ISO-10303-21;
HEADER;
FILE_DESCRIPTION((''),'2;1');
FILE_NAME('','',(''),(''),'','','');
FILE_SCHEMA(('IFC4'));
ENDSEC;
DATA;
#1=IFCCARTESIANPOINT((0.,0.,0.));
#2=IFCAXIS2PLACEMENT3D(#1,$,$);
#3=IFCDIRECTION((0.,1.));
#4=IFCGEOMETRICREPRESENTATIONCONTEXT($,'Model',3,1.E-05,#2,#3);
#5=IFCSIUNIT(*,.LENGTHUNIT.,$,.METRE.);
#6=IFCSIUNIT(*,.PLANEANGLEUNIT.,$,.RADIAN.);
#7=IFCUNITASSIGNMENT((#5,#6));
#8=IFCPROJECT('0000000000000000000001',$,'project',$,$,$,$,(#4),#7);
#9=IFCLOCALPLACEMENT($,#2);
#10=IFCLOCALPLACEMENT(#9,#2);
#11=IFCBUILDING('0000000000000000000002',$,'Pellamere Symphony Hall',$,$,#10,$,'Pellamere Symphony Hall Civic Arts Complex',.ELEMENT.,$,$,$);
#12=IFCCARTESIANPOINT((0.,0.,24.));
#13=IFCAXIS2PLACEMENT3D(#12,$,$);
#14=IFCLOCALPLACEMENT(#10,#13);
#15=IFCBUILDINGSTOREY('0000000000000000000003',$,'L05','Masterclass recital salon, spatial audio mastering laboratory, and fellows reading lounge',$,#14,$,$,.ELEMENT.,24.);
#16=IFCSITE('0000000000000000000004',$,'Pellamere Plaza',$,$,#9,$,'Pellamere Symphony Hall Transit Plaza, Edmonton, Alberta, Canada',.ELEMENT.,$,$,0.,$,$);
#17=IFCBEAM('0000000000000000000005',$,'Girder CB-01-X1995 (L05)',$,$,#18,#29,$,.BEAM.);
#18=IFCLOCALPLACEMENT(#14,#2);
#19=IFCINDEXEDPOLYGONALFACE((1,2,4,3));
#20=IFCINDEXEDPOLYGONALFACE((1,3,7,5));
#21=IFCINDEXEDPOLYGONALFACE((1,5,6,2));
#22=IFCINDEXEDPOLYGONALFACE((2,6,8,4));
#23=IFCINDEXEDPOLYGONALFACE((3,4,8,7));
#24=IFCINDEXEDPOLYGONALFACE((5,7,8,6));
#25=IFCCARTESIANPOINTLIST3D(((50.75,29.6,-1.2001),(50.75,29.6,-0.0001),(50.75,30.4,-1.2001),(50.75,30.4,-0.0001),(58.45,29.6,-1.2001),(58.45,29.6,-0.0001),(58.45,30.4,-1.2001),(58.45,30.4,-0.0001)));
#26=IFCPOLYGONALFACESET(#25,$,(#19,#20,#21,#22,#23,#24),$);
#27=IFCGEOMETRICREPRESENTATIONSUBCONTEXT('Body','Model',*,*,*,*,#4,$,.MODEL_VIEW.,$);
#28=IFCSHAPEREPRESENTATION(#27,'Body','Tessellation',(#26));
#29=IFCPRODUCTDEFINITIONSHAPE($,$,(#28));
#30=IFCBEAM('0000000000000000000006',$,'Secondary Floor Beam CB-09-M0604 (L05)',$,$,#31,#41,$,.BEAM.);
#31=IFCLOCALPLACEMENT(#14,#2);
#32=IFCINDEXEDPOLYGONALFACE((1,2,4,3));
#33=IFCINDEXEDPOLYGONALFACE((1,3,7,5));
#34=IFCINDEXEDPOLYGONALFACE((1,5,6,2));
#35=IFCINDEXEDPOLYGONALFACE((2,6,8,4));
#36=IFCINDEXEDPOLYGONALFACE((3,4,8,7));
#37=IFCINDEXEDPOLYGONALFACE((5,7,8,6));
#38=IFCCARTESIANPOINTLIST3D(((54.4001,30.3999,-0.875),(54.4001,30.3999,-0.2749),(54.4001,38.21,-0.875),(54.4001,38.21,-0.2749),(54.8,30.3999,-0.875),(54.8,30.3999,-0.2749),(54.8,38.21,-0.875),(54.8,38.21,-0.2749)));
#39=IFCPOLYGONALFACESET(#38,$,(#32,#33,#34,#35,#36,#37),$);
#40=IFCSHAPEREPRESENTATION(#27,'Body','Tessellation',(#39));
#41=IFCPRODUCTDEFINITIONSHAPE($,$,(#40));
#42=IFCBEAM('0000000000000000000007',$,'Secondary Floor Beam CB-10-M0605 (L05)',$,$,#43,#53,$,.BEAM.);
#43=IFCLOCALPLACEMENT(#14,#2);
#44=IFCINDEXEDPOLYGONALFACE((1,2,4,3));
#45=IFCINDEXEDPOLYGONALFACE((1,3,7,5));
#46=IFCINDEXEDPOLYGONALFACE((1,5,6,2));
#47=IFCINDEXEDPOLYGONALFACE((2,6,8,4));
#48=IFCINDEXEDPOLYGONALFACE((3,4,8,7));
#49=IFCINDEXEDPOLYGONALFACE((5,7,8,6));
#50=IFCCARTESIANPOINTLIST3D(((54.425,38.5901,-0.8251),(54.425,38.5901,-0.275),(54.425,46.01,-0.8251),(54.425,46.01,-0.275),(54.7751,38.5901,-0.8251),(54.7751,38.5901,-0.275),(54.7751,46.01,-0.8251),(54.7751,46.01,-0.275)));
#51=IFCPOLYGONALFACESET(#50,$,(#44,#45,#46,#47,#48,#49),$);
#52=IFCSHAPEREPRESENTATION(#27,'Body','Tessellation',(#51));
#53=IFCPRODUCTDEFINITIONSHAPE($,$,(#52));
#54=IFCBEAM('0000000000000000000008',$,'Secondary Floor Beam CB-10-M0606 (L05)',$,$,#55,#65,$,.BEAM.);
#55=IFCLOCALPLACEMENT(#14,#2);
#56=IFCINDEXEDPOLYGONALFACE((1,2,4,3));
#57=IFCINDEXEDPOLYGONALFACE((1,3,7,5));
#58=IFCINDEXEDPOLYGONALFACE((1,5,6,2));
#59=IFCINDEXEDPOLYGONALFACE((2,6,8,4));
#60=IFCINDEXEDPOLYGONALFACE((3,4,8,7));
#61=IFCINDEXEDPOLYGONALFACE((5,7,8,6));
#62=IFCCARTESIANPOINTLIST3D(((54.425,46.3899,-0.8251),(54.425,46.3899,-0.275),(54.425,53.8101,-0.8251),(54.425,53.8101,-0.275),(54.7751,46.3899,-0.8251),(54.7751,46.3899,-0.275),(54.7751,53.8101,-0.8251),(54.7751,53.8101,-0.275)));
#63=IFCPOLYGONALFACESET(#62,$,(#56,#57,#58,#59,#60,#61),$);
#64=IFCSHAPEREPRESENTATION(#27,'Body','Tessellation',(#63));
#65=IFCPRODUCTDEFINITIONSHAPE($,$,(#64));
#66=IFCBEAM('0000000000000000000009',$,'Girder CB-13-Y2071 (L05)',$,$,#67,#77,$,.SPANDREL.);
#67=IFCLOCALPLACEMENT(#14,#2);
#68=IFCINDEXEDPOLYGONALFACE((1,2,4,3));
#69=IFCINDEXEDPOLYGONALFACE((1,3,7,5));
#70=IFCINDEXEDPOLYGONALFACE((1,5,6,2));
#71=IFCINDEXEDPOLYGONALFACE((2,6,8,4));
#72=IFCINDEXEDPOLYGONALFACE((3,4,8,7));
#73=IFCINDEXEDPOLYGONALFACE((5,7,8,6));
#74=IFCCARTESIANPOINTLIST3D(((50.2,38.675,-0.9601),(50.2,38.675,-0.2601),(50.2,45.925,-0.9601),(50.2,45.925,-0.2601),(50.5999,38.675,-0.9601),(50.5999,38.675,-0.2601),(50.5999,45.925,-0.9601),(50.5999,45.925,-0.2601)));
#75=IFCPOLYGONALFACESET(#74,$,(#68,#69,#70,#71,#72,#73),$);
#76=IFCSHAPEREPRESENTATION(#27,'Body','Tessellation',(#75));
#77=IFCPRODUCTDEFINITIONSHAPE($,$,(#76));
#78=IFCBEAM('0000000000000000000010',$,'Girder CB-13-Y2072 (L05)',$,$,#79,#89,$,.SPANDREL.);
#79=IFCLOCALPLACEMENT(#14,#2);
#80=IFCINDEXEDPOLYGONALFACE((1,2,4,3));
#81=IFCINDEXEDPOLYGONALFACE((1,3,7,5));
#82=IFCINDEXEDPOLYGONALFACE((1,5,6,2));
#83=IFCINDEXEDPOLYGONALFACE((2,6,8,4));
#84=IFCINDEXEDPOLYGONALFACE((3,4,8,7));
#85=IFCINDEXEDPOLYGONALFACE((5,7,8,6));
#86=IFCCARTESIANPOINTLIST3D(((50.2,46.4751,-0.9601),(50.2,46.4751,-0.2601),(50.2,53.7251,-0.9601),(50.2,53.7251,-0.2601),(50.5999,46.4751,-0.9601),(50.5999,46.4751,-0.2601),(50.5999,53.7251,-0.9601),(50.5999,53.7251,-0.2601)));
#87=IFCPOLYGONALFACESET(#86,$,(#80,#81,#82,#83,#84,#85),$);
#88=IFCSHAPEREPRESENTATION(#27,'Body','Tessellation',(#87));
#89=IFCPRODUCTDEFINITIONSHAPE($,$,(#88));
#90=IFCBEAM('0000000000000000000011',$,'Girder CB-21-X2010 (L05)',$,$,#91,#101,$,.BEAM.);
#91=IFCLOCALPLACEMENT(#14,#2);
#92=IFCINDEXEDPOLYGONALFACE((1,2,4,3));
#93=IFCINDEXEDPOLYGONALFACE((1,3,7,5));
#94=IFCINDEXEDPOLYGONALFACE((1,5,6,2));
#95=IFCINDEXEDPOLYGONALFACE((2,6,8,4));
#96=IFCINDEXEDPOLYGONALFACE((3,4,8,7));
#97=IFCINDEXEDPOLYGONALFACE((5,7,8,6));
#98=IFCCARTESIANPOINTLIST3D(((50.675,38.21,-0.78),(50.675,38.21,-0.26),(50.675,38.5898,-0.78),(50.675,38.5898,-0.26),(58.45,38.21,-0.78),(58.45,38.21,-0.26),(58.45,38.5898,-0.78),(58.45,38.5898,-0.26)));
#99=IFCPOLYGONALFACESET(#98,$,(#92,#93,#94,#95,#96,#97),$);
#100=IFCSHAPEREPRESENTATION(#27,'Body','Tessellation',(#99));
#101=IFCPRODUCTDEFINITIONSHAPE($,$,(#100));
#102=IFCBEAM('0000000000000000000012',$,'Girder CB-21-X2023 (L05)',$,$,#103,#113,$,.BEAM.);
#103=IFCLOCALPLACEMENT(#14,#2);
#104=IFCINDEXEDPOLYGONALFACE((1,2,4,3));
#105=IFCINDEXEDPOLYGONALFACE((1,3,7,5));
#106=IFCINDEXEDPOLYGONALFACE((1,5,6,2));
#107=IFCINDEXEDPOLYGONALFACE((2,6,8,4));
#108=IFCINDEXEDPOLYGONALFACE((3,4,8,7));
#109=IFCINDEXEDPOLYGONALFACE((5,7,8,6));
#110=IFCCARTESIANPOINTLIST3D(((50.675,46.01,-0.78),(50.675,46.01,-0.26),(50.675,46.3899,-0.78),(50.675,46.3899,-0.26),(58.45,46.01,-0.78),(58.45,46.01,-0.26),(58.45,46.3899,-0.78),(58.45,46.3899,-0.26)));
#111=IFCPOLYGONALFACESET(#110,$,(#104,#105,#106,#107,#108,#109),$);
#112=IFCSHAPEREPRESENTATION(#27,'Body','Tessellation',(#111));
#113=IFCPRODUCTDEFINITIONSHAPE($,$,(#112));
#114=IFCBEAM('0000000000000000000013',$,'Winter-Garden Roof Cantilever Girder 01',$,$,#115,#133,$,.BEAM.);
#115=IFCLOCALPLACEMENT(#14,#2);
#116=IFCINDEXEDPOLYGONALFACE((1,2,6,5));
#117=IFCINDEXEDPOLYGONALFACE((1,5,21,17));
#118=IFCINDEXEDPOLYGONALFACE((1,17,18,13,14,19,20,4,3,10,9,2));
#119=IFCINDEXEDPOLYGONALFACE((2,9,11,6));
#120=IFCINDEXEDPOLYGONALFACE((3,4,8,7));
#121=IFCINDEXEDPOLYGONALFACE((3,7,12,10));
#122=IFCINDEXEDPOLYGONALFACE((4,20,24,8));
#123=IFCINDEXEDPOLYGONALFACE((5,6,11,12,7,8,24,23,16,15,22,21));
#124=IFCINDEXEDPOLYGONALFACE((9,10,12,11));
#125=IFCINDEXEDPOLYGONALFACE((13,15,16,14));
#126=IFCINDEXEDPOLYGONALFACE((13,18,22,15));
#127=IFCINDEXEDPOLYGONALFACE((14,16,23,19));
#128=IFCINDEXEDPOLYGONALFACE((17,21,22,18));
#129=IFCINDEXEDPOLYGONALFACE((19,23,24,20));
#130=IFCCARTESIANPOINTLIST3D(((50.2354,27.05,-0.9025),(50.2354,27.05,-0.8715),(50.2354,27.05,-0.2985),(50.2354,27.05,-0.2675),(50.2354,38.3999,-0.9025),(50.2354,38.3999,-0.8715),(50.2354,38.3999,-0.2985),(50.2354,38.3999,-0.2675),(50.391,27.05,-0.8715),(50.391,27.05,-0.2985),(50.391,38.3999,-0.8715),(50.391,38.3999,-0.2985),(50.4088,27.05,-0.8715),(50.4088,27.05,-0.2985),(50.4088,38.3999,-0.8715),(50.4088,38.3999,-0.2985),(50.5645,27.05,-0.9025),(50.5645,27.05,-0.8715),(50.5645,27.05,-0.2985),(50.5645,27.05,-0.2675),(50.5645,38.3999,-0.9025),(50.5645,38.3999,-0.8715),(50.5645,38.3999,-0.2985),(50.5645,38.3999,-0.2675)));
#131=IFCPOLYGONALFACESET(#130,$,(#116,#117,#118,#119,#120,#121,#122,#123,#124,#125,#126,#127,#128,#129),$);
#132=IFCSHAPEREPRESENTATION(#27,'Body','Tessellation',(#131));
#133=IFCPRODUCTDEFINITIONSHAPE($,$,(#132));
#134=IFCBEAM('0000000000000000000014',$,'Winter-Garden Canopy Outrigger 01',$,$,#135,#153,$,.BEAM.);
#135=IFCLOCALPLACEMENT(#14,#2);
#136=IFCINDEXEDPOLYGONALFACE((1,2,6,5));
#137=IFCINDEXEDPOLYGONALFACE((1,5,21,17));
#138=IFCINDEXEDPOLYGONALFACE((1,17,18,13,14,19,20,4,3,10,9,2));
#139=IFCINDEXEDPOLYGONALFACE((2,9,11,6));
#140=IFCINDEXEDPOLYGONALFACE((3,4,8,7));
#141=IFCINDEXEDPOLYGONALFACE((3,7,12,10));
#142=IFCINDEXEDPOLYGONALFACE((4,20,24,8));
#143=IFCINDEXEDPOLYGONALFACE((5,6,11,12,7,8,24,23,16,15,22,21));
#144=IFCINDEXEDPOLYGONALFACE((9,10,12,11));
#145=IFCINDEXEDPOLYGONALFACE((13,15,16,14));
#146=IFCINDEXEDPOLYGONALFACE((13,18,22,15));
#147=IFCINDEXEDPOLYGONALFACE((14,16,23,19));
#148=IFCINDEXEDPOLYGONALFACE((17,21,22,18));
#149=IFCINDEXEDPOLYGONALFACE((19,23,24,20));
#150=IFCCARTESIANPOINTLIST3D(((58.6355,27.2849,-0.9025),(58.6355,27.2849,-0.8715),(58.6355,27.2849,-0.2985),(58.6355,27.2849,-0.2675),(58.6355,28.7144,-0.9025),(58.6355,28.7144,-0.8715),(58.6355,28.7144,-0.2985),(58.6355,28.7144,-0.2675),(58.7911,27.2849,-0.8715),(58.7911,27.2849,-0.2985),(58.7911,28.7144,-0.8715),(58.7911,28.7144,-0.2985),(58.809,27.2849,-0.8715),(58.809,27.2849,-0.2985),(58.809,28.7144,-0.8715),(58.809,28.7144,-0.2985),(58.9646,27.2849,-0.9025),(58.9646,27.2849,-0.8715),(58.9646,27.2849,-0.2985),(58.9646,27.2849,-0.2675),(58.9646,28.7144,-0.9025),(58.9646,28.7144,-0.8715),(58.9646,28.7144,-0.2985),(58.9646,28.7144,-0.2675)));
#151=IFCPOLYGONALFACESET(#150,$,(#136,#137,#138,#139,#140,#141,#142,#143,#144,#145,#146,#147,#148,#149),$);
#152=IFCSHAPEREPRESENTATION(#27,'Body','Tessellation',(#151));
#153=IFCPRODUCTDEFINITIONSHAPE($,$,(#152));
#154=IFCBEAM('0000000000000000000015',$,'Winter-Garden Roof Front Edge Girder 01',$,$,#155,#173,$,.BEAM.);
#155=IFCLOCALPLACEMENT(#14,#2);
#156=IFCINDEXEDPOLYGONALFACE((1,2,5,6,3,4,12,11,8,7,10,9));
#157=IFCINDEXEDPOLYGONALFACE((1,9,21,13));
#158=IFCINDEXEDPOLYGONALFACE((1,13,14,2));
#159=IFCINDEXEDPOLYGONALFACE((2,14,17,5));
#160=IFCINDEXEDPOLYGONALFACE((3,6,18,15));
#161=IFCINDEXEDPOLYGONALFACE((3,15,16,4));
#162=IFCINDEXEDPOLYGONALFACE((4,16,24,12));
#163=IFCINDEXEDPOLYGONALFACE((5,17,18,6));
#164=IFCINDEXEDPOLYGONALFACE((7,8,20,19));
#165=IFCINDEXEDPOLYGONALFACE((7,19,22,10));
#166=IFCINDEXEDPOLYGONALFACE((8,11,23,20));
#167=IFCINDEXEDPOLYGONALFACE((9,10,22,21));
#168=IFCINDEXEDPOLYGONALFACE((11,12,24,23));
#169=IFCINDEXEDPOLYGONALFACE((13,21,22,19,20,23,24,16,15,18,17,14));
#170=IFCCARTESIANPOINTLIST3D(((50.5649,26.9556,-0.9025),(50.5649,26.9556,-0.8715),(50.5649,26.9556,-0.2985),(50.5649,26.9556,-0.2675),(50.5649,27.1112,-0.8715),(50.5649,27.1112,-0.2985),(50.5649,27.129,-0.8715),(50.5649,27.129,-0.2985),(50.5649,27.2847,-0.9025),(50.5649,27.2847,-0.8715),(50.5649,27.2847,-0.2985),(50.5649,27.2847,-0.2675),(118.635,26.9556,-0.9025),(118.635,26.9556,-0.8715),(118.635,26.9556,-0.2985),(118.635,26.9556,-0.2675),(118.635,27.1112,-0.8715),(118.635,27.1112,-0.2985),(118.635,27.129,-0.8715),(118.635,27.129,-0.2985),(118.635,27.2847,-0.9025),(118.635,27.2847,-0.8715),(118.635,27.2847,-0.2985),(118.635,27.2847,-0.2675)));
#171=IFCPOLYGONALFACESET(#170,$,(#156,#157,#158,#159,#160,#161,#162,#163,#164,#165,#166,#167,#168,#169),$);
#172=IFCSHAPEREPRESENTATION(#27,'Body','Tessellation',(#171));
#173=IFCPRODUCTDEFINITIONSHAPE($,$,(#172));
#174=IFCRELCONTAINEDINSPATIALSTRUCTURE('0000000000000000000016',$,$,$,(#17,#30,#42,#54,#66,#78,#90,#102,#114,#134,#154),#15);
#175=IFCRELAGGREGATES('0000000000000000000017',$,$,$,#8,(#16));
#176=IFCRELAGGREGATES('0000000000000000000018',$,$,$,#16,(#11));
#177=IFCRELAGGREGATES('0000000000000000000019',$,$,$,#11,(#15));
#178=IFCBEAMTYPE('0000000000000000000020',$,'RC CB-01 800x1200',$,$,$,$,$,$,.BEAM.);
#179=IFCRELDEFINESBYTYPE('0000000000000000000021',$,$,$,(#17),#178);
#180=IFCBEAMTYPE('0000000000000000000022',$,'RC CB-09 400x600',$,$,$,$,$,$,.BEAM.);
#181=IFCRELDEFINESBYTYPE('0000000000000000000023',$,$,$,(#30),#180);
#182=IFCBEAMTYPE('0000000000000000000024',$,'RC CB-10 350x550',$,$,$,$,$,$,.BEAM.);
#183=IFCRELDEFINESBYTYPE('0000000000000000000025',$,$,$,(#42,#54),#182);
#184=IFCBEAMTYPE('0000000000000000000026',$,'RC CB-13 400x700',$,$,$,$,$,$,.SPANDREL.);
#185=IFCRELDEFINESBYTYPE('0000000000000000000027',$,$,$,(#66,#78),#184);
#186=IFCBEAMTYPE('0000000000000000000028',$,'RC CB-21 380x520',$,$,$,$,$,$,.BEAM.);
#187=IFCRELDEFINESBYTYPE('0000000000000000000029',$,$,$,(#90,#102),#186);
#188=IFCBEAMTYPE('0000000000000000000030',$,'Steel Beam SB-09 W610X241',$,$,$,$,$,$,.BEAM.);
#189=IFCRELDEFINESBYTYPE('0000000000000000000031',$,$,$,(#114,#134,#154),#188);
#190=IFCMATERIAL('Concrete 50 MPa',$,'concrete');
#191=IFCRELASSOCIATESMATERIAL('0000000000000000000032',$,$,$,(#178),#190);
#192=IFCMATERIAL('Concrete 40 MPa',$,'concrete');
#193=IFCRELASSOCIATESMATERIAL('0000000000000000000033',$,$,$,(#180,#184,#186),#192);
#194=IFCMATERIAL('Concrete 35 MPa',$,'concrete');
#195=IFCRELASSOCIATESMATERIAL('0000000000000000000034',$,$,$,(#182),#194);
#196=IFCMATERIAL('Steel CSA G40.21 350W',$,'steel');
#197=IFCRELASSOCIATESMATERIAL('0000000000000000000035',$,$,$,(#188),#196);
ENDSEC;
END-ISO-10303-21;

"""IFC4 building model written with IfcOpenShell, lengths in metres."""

from ifc_helpers import new_model, si_unit, direction, frame, origin, origin_2d, place, context, subcontext, project, spatial, rectangle, i_section, extrude, material, material_profile, profile_set, type_object, element, save


model = new_model("IFC4")

# Units and contexts
model_context = context("Model", 3, precision=1e-05, world=origin(), true_north=direction((0.0, 1.0)))
body_context = subcontext(model_context, "Body", "Model", "MODEL_VIEW")
ifc_project = project(units=[si_unit("LENGTHUNIT", "METRE"), si_unit("PLANEANGLEUNIT", "RADIAN")], contexts=[model_context])

# Site, building, storey
site_placement = place(None, origin())
site = spatial("IfcSite", under=ifc_project, at=site_placement, Name="Pellamere Plaza", LongName="Pellamere Symphony Hall Transit Plaza, Edmonton, Alberta, Canada", CompositionType="ELEMENT", RefElevation=0.0)
building_placement = place(site_placement, origin())
building = spatial("IfcBuilding", under=site, at=building_placement, Name="Pellamere Symphony Hall", LongName="Pellamere Symphony Hall Civic Arts Complex", CompositionType="ELEMENT")
storey_placement = place(building_placement, frame((0.0, 0.0, 24.0)))
storey = spatial("IfcBuildingStorey", under=building, at=storey_placement, Name="L05", Description="Masterclass recital salon, spatial audio mastering laboratory, and fellows reading lounge", CompositionType="ELEMENT", Elevation=24.0)

# Beams
ifc_material_1 = material(Name="Concrete 50 MPa", Category="concrete")
ifc_material_profile_1 = material_profile(ifc_material_1, rectangle(XDim=0.8, YDim=1.2, at=origin_2d()), Name="RC 800x1200")
ifc_profile_set_1 = profile_set([ifc_material_profile_1], Name="Concrete 50 MPa")
beam_type_1 = type_object("IfcBeamType", Name="RC CB-01 800x1200", PredefinedType="BEAM", material=ifc_profile_set_1)
beam_1_placement = place(storey_placement, frame((50.75, 30.0, -0.6001), z_axis=(1.0, 0.0, 0.0), x_axis=(0.0, 1.0, 0.0)))
element("IfcBeam", 1, at=beam_1_placement, inside=storey, type_object=beam_type_1, Name="Girder CB-01-X1995 (L05)", PredefinedType="BEAM", context=body_context, shape_type="SweptSolid", body=[
    extrude(rectangle(XDim=0.8, YDim=1.2, at=origin_2d()), origin(), (0.0, 0.0, 1.0), 7.7),
])
ifc_material_2 = material(Name="Concrete 40 MPa", Category="concrete")
ifc_material_profile_2 = material_profile(ifc_material_2, rectangle(XDim=0.3999, YDim=0.6001, at=origin_2d()), Name="RC 400x600")
ifc_profile_set_2 = profile_set([ifc_material_profile_2], Name="Concrete 40 MPa")
beam_type_2 = type_object("IfcBeamType", Name="RC CB-09 400x600", PredefinedType="BEAM", material=ifc_profile_set_2)
beam_2_placement = place(storey_placement, frame((54.6001, 30.3999, -0.575), z_axis=(0.0, 1.0, 0.0), x_axis=(-1.0, 0.0, 0.0)))
element("IfcBeam", 2, at=beam_2_placement, inside=storey, type_object=beam_type_2, Name="Secondary Floor Beam CB-09-M0604 (L05)", PredefinedType="BEAM", context=body_context, shape_type="SweptSolid", body=[
    extrude(rectangle(XDim=0.3999, YDim=0.6001, at=origin_2d()), origin(), (0.0, 0.0, 1.0), 7.8101),
])
ifc_material_3 = material(Name="Concrete 35 MPa", Category="concrete")
ifc_material_profile_3 = material_profile(ifc_material_3, rectangle(XDim=0.3501, YDim=0.55, at=origin_2d()), Name="RC 350x550")
ifc_profile_set_3 = profile_set([ifc_material_profile_3], Name="Concrete 35 MPa")
beam_type_3 = type_object("IfcBeamType", Name="RC CB-10 350x550", PredefinedType="BEAM", material=ifc_profile_set_3)
beam_3_placement = place(storey_placement, frame((54.6001, 38.5901, -0.55), z_axis=(0.0, 1.0, 0.0), x_axis=(-1.0, 0.0, 0.0)))
element("IfcBeam", 3, at=beam_3_placement, inside=storey, type_object=beam_type_3, Name="Secondary Floor Beam CB-10-M0605 (L05)", PredefinedType="BEAM", context=body_context, shape_type="SweptSolid", body=[
    extrude(rectangle(XDim=0.3501, YDim=0.55, at=origin_2d()), origin(), (0.0, 0.0, 1.0), 7.4199),
])
beam_4_placement = place(storey_placement, frame((54.6001, 46.3899, -0.55), z_axis=(0.0, 1.0, 0.0), x_axis=(-1.0, 0.0, 0.0)))
element("IfcBeam", 4, at=beam_4_placement, inside=storey, type_object=beam_type_3, Name="Secondary Floor Beam CB-10-M0606 (L05)", PredefinedType="BEAM", context=body_context, shape_type="SweptSolid", body=[
    extrude(rectangle(XDim=0.3501, YDim=0.55, at=origin_2d()), origin(), (0.0, 0.0, 1.0), 7.4202),
])
ifc_material_profile_4 = material_profile(ifc_material_2, rectangle(XDim=0.3999, YDim=0.7, at=origin_2d()), Name="RC 400x700")
ifc_profile_set_4 = profile_set([ifc_material_profile_4], Name="Concrete 40 MPa")
beam_type_4 = type_object("IfcBeamType", Name="RC CB-13 400x700", PredefinedType="SPANDREL", material=ifc_profile_set_4)
for number, where, z_axis, x_axis, name in (
    (5, (50.3999, 38.675, -0.6101), (0.0, 1.0, 0.0), (-1.0, 0.0, 0.0), "Girder CB-13-Y2071 (L05)"),
    (6, (50.3999, 46.4751, -0.6101), (0.0, 1.0, 0.0), (-1.0, 0.0, 0.0), "Girder CB-13-Y2072 (L05)"),
):
    element("IfcBeam", number, at=place(storey_placement, frame(where, z_axis=z_axis, x_axis=x_axis)), inside=storey, type_object=beam_type_4, Name=name, PredefinedType="SPANDREL", context=body_context, shape_type="SweptSolid", body=[
        extrude(rectangle(XDim=0.3999, YDim=0.7, at=origin_2d()), origin(), (0.0, 0.0, 1.0), 7.25),
    ])
ifc_material_profile_5 = material_profile(ifc_material_2, rectangle(XDim=0.3799, YDim=0.52, at=origin_2d()), Name="RC 380x520")
ifc_profile_set_5 = profile_set([ifc_material_profile_5], Name="Concrete 40 MPa")
beam_type_5 = type_object("IfcBeamType", Name="RC CB-21 380x520", PredefinedType="BEAM", material=ifc_profile_set_5)
for number, where, z_axis, x_axis, name in (
    (7, (50.675, 38.3999, -0.52), (1.0, 0.0, 0.0), (0.0, 1.0, 0.0), "Girder CB-21-X2010 (L05)"),
    (8, (50.675, 46.2, -0.52), (1.0, 0.0, 0.0), (0.0, 1.0, 0.0), "Girder CB-21-X2023 (L05)"),
):
    element("IfcBeam", number, at=place(storey_placement, frame(where, z_axis=z_axis, x_axis=x_axis)), inside=storey, type_object=beam_type_5, Name=name, PredefinedType="BEAM", context=body_context, shape_type="SweptSolid", body=[
        extrude(rectangle(XDim=0.3799, YDim=0.52, at=origin_2d()), origin(), (0.0, 0.0, 1.0), 7.7749),
    ])
ifc_material_4 = material(Name="Steel CSA G40.21 350W", Category="steel")
ifc_material_profile_6 = material_profile(ifc_material_4, i_section(OverallWidth=0.3291, OverallDepth=0.635, WebThickness=0.0178, FlangeThickness=0.031, at=origin_2d()), Name="W610X241")
ifc_profile_set_6 = profile_set([ifc_material_profile_6], Name="Steel CSA G40.21 350W")
beam_type_6 = type_object("IfcBeamType", Name="Steel Beam SB-09 W610X241", PredefinedType="BEAM", material=ifc_profile_set_6)
beam_5_placement = place(storey_placement, frame((50.3999, 27.05, -0.585), z_axis=(0.0, 1.0, 0.0), x_axis=(-1.0, 0.0, 0.0)))
element("IfcBeam", 9, at=beam_5_placement, inside=storey, type_object=beam_type_6, Name="Winter-Garden Roof Cantilever Girder 01", PredefinedType="BEAM", context=body_context, shape_type="SweptSolid", body=[
    extrude(i_section(OverallWidth=0.3291, OverallDepth=0.635, WebThickness=0.0178, FlangeThickness=0.031, at=origin_2d()), origin(), (0.0, 0.0, 1.0), 11.3499),
])
beam_6_placement = place(storey_placement, frame((58.8, 27.2849, -0.585), z_axis=(0.0, 1.0, 0.0), x_axis=(-1.0, 0.0, 0.0)))
element("IfcBeam", 10, at=beam_6_placement, inside=storey, type_object=beam_type_6, Name="Winter-Garden Canopy Outrigger 01", PredefinedType="BEAM", context=body_context, shape_type="SweptSolid", body=[
    extrude(i_section(OverallWidth=0.3291, OverallDepth=0.635, WebThickness=0.0178, FlangeThickness=0.031, at=origin_2d()), origin(), (0.0, 0.0, 1.0), 1.4294),
])
beam_7_placement = place(storey_placement, frame((50.5649, 27.1201, -0.585), z_axis=(1.0, 0.0, 0.0), x_axis=(0.0, 1.0, 0.0)))
element("IfcBeam", 11, at=beam_7_placement, inside=storey, type_object=beam_type_6, Name="Winter-Garden Roof Front Edge Girder 01", PredefinedType="BEAM", context=body_context, shape_type="SweptSolid", body=[
    extrude(i_section(OverallWidth=0.3291, OverallDepth=0.635, WebThickness=0.0178, FlangeThickness=0.031, at=origin_2d()), origin(), (0.0, 0.0, 1.0), 68.0701),
])

save(model, "model.ifc")
